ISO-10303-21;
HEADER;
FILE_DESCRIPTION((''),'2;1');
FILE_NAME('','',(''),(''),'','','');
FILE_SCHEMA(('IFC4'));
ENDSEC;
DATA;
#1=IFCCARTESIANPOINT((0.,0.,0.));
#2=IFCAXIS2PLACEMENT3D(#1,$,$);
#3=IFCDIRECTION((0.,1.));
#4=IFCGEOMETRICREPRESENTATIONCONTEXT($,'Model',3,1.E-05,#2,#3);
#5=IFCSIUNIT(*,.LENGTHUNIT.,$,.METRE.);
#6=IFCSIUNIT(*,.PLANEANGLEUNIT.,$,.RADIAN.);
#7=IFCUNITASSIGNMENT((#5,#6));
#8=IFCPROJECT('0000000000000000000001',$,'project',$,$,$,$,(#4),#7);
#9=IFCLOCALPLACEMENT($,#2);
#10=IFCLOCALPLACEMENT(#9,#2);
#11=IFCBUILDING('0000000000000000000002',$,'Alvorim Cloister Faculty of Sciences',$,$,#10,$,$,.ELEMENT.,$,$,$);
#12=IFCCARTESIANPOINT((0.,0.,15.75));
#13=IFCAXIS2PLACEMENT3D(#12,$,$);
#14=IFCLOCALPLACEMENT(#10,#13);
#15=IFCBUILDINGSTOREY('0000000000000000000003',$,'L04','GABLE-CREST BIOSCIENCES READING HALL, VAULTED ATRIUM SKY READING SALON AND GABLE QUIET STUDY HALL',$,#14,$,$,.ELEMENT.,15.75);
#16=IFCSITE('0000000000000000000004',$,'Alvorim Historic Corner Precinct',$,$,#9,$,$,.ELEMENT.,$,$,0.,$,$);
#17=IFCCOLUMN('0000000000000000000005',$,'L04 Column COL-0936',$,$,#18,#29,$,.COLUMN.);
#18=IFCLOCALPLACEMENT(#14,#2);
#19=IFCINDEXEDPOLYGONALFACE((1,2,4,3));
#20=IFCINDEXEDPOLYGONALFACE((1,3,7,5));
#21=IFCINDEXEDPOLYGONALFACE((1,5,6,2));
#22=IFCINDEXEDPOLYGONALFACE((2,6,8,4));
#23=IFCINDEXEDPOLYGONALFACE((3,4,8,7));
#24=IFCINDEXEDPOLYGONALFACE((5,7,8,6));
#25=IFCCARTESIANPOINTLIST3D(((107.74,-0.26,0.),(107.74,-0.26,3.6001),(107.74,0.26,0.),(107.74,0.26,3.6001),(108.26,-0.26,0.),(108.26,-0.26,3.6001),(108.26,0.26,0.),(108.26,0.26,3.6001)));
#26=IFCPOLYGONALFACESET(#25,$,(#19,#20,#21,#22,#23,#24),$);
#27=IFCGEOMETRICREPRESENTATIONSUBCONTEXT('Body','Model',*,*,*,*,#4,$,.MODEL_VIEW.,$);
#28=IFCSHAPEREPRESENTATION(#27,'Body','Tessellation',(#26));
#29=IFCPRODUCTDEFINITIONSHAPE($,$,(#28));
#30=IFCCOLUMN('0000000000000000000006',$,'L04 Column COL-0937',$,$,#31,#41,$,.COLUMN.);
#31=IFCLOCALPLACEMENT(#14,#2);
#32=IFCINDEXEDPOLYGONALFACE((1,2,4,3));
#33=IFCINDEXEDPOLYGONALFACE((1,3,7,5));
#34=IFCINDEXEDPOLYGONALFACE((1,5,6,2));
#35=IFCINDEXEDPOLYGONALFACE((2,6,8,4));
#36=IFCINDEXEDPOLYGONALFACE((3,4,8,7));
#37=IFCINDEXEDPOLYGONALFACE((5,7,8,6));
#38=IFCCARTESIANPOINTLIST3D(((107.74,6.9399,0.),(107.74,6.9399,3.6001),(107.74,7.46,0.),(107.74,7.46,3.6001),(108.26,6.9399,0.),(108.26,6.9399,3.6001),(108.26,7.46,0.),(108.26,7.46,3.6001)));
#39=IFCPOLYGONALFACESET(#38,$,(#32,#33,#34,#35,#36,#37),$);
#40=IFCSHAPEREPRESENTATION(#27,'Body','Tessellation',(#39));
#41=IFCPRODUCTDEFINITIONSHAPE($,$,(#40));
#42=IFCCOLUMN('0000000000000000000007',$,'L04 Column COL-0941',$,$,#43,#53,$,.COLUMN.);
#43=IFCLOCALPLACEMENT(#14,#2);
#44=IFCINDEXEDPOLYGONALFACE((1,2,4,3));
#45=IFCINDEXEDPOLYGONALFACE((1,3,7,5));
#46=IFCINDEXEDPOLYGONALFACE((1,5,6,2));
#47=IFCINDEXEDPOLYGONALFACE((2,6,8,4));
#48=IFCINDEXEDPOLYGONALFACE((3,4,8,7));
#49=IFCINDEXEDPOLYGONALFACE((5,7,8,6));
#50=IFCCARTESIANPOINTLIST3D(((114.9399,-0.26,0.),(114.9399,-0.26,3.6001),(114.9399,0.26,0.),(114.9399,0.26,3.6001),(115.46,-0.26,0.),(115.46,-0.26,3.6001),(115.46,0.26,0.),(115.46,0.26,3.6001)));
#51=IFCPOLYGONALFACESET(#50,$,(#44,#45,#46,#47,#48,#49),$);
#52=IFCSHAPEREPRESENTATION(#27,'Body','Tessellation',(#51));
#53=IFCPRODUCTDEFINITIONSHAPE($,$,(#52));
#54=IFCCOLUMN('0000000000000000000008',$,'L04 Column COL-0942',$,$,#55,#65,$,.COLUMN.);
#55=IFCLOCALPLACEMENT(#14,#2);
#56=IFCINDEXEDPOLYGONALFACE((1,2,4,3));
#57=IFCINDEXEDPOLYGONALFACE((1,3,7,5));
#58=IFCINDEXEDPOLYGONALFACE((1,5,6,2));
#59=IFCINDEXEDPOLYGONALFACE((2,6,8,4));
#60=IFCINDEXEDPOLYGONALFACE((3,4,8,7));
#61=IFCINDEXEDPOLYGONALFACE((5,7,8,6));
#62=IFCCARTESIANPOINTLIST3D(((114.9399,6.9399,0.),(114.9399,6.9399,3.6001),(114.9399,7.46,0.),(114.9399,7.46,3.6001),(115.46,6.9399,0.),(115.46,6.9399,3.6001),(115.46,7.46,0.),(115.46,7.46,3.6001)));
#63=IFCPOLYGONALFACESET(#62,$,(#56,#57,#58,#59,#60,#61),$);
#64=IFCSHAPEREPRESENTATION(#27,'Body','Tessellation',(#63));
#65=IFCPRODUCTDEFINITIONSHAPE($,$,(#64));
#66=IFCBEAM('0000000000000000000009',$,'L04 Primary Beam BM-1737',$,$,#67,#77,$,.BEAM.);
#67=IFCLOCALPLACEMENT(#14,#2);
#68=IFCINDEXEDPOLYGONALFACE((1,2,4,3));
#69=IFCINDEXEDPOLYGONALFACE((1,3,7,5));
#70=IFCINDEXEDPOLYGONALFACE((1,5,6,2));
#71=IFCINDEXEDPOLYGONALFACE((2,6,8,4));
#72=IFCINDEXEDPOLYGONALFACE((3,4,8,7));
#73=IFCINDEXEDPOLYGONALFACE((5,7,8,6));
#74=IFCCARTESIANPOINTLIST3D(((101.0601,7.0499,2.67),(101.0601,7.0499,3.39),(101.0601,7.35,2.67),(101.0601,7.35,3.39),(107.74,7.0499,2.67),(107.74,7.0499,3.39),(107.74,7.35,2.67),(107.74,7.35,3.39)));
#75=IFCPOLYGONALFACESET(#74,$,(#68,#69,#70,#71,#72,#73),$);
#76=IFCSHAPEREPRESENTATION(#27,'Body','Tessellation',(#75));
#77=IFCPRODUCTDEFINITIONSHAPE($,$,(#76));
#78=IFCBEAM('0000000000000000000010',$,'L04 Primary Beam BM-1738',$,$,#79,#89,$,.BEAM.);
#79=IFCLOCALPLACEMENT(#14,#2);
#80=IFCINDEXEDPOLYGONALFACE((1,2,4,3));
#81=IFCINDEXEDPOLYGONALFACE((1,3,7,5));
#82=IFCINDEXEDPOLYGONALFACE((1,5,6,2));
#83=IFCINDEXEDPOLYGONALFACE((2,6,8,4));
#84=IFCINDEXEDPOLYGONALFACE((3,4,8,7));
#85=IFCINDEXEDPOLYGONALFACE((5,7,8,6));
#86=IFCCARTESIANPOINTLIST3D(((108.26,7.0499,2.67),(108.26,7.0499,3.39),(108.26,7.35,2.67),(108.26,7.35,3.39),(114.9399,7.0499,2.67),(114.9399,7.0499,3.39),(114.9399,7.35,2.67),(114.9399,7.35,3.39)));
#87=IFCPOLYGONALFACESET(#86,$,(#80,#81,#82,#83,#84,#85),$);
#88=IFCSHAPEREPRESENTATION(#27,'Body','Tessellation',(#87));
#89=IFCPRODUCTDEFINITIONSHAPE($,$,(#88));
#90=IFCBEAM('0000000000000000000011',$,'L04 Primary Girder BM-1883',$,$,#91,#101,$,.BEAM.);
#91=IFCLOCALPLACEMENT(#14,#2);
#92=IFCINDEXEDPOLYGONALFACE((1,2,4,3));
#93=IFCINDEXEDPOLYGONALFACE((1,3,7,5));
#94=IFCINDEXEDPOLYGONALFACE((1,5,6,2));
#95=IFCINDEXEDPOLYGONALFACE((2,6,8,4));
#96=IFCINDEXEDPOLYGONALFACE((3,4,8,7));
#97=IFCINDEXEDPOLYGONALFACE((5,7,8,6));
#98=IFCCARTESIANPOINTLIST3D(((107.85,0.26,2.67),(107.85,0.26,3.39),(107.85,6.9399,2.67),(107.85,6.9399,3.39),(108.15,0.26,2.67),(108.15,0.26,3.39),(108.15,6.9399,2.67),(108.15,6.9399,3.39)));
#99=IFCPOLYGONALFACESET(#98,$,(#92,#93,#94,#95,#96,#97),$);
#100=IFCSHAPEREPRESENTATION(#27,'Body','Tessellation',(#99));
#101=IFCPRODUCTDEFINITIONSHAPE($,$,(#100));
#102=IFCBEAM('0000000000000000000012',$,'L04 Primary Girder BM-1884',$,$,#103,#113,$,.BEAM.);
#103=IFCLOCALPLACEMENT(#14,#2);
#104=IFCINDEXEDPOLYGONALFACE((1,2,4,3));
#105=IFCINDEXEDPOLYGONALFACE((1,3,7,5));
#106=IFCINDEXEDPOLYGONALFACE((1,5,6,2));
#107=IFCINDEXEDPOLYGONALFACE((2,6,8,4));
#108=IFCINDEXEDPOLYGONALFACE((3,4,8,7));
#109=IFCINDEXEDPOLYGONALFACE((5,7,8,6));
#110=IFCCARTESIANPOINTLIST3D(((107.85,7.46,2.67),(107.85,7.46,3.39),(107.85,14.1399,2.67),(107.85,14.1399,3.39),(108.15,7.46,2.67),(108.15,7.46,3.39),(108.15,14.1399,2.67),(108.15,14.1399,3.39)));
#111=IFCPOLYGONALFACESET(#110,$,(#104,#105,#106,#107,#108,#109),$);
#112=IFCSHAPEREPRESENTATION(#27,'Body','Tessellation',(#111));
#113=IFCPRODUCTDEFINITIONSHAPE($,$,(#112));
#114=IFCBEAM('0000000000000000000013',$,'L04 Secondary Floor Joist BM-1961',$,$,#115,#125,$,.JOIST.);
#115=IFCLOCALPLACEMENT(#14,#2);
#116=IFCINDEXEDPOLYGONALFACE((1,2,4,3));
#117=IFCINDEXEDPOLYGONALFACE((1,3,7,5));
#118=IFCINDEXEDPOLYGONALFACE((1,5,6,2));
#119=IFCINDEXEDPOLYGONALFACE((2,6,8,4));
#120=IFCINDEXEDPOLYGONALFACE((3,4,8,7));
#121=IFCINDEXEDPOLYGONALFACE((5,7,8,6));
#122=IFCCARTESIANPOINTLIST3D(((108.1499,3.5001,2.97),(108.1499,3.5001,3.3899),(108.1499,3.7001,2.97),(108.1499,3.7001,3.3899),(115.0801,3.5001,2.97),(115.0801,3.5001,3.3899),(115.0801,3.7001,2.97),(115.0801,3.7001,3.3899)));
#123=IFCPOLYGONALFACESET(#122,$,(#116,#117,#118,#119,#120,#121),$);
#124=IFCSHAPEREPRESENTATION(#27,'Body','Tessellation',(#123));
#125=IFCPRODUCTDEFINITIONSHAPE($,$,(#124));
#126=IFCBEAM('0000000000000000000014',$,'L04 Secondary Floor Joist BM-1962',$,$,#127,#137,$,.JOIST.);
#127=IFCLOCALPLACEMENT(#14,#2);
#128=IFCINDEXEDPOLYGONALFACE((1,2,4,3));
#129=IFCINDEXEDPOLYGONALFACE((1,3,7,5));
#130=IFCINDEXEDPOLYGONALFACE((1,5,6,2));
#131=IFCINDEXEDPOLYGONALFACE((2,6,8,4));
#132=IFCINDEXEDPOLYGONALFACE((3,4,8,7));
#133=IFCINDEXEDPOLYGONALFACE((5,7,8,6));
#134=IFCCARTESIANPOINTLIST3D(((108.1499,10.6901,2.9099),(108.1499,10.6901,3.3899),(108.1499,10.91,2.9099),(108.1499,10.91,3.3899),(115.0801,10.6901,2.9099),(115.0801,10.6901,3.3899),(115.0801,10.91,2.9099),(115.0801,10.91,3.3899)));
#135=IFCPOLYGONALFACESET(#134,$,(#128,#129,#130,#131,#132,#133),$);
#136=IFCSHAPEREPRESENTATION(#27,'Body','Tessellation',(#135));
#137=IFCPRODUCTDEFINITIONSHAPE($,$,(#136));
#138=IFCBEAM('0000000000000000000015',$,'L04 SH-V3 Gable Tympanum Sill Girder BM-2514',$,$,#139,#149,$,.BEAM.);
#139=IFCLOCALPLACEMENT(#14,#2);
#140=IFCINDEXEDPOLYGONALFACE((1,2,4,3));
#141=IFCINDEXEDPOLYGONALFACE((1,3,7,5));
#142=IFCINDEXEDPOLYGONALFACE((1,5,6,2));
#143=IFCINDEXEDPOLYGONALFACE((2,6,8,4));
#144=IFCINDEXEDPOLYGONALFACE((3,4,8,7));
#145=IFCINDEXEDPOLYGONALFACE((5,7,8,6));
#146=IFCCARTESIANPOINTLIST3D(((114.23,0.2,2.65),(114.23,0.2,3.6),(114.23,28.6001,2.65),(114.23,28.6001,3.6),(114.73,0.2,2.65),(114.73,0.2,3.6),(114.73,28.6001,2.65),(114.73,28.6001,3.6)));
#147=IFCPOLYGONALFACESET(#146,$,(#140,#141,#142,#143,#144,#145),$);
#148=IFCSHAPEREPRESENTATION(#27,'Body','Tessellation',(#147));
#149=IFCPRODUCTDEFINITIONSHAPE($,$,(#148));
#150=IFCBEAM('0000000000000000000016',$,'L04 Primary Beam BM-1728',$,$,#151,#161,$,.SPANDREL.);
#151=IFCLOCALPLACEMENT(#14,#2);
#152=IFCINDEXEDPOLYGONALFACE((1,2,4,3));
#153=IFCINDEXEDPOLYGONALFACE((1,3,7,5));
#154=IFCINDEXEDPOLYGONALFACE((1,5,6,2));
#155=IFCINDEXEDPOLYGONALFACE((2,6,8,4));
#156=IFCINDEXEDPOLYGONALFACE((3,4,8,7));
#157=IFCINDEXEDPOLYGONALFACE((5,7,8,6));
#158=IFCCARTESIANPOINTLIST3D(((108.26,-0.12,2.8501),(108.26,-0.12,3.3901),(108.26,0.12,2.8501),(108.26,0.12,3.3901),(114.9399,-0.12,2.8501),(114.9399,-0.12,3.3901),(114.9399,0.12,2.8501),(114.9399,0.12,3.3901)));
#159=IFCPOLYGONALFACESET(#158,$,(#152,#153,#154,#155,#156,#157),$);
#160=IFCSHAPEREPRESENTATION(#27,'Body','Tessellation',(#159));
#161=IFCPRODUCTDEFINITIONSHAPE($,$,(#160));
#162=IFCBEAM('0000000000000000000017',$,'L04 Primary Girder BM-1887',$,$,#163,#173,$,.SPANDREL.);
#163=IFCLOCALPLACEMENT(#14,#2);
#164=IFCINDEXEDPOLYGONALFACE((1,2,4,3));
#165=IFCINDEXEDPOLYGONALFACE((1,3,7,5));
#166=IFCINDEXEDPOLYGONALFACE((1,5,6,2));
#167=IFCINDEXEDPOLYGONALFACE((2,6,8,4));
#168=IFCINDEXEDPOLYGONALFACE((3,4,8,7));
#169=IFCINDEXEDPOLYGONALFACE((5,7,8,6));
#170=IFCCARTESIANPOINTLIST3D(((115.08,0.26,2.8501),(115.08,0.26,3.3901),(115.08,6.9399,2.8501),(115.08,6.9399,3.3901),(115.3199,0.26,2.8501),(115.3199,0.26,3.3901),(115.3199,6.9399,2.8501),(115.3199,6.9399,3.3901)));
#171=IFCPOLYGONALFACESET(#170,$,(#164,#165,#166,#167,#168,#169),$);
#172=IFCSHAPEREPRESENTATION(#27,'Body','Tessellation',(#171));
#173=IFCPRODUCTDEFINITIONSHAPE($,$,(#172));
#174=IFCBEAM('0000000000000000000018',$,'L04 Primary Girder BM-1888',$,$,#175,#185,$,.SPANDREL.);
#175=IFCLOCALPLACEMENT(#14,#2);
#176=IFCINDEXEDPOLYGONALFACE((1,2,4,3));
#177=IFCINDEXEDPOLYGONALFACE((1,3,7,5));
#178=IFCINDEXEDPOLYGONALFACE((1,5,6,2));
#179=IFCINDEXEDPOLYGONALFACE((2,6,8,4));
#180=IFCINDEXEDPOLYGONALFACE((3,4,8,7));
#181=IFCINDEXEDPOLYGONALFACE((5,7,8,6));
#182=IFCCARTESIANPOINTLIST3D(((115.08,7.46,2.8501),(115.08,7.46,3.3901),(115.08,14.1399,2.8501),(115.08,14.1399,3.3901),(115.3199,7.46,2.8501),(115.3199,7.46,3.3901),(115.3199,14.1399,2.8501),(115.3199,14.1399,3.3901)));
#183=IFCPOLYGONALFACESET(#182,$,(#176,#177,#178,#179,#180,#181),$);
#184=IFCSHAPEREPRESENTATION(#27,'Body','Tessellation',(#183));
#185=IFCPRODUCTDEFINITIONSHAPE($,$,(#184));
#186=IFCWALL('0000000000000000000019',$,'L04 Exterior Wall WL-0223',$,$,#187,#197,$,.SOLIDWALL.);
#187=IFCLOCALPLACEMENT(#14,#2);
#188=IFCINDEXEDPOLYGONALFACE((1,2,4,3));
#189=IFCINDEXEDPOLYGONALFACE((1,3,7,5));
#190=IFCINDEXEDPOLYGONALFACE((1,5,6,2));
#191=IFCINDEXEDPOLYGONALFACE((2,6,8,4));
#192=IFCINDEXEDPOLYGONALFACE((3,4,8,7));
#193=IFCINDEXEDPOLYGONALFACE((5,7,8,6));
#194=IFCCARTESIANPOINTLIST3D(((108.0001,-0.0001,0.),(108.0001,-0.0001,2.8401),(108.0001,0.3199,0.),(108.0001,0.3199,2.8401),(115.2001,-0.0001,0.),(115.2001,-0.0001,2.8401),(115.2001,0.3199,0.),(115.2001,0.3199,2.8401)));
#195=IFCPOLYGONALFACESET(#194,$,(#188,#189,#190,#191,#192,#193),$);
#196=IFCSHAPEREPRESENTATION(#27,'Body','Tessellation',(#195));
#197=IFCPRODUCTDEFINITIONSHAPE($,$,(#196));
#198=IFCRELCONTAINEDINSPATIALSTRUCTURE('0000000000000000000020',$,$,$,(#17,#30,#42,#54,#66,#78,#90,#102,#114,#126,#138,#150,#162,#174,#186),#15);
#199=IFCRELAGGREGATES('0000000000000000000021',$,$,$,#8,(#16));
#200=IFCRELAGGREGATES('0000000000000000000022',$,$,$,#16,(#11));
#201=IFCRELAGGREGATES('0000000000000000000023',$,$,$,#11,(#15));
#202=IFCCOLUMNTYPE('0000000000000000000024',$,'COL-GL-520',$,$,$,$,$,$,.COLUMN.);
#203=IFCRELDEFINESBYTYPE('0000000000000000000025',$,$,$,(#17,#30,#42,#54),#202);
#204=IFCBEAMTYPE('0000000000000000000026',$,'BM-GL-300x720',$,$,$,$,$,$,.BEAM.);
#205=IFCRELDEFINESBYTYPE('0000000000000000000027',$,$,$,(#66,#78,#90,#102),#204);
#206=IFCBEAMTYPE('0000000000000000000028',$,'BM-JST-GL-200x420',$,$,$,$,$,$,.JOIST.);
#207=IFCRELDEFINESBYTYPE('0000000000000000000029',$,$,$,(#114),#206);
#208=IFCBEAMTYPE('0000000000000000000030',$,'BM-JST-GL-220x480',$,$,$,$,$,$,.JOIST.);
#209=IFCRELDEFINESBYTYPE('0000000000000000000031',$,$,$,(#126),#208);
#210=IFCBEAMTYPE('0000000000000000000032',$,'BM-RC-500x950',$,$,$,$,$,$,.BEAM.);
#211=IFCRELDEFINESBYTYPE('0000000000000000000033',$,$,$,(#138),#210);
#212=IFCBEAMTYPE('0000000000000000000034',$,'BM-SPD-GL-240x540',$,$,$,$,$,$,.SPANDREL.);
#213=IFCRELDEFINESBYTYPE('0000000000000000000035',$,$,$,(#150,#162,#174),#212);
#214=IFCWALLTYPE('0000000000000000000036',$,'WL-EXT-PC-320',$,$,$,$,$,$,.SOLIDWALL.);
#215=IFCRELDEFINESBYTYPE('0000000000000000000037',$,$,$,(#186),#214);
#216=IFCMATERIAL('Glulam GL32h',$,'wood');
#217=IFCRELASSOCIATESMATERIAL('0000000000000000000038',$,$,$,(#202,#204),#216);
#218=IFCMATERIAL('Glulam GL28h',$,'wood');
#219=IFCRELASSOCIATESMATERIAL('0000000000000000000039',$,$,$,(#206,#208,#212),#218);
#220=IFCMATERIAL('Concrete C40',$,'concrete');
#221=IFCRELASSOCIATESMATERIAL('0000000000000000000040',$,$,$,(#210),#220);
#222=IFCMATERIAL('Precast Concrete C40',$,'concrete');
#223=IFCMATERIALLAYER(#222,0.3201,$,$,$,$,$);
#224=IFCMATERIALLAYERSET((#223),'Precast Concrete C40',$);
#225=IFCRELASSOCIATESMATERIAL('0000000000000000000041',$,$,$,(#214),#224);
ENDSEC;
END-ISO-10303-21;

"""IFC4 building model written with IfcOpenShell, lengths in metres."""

from ifc_helpers import new_model, si_unit, direction, frame, frame_2d, origin, origin_2d, place, context, subcontext, project, spatial, rectangle, extrude, material, layer, layer_set, material_profile, profile_set, type_object, element, save


model = new_model("IFC4")

# Units and contexts
model_context = context("Model", 3, precision=1e-05, world=origin(), true_north=direction((0.0, 1.0)))
body_context = subcontext(model_context, "Body", "Model", "MODEL_VIEW")
ifc_project = project(units=[si_unit("LENGTHUNIT", "METRE"), si_unit("PLANEANGLEUNIT", "RADIAN")], contexts=[model_context])

# Site, building, storey
site_placement = place(None, origin())
site = spatial("IfcSite", under=ifc_project, at=site_placement, Name="Alvorim Historic Corner Precinct", CompositionType="ELEMENT", RefElevation=0.0)
building_placement = place(site_placement, origin())
building = spatial("IfcBuilding", under=site, at=building_placement, Name="Alvorim Cloister Faculty of Sciences", CompositionType="ELEMENT")
storey_placement = place(building_placement, frame((0.0, 0.0, 15.75)))
storey = spatial("IfcBuildingStorey", under=building, at=storey_placement, Name="L04", Description="GABLE-CREST BIOSCIENCES READING HALL, VAULTED ATRIUM SKY READING SALON AND GABLE QUIET STUDY HALL", CompositionType="ELEMENT", Elevation=15.75)

# Columns
ifc_material_1 = material(Name="Glulam GL32h", Category="wood")
ifc_material_profile_1 = material_profile(ifc_material_1, rectangle(XDim=0.52, YDim=0.52, at=origin_2d()), Name="GL32-COL-520x520")
ifc_profile_set_1 = profile_set([ifc_material_profile_1], Name="Glulam GL32h")
column_type = type_object("IfcColumnType", Name="COL-GL-520", PredefinedType="COLUMN", material=ifc_profile_set_1)
for number, where, z_axis, x_axis, name in (
    (1, (108.0, 0.0, 0.0), (0.0, 0.0, 1.0), (1.0, 0.0, 0.0), "L04 Column COL-0936"),
    (2, (108.0, 7.2, 0.0), (0.0, 0.0, 1.0), (1.0, 0.0, 0.0), "L04 Column COL-0937"),
    (3, (115.2, 0.0, 0.0), (0.0, 0.0, 1.0), (1.0, 0.0, 0.0), "L04 Column COL-0941"),
    (4, (115.2, 7.2, 0.0), (0.0, 0.0, 1.0), (1.0, 0.0, 0.0), "L04 Column COL-0942"),
):
    element("IfcColumn", number, at=place(storey_placement, frame(where, z_axis=z_axis, x_axis=x_axis)), inside=storey, type_object=column_type, Name=name, PredefinedType="COLUMN", context=body_context, shape_type="SweptSolid", body=[
        extrude(rectangle(XDim=0.52, YDim=0.52, at=origin_2d()), origin(), (0.0, 0.0, 1.0), 3.6001),
    ])

# Beams
ifc_material_profile_2 = material_profile(ifc_material_1, rectangle(XDim=0.3, YDim=0.72, at=origin_2d()), Name="GL32-BM-300x720")
ifc_profile_set_2 = profile_set([ifc_material_profile_2], Name="Glulam GL32h")
beam_type_1 = type_object("IfcBeamType", Name="BM-GL-300x720", PredefinedType="BEAM", material=ifc_profile_set_2)
for number, where, z_axis, x_axis, name in (
    (5, (101.0601, 7.2, 3.03), (1.0, 0.0, 0.0), (0.0, 1.0, 0.0), "L04 Primary Beam BM-1737"),
    (6, (108.26, 7.2, 3.03), (1.0, 0.0, 0.0), (0.0, 1.0, 0.0), "L04 Primary Beam BM-1738"),
    (7, (108.0, 0.26, 3.03), (0.0, 1.0, 0.0), (-1.0, 0.0, 0.0), "L04 Primary Girder BM-1883"),
    (8, (108.0, 7.46, 3.03), (0.0, 1.0, 0.0), (-1.0, 0.0, 0.0), "L04 Primary Girder BM-1884"),
):
    element("IfcBeam", number, at=place(storey_placement, frame(where, z_axis=z_axis, x_axis=x_axis)), inside=storey, type_object=beam_type_1, Name=name, PredefinedType="BEAM", context=body_context, shape_type="SweptSolid", body=[
        extrude(rectangle(XDim=0.3, YDim=0.72, at=origin_2d()), origin(), (0.0, 0.0, 1.0), 6.6799),
    ])
ifc_material_2 = material(Name="Glulam GL28h", Category="wood")
ifc_material_profile_3 = material_profile(ifc_material_2, rectangle(XDim=0.2, YDim=0.4199, at=origin_2d()), Name="GL28-JST-200x420")
ifc_profile_set_3 = profile_set([ifc_material_profile_3], Name="Glulam GL28h")
beam_type_2 = type_object("IfcBeamType", Name="BM-JST-GL-200x420", PredefinedType="JOIST", material=ifc_profile_set_3)
beam_1_placement = place(storey_placement, frame((108.1499, 3.6001, 3.1799), z_axis=(1.0, 0.0, 0.0), x_axis=(0.0, 1.0, 0.0)))
element("IfcBeam", 9, at=beam_1_placement, inside=storey, type_object=beam_type_2, Name="L04 Secondary Floor Joist BM-1961", PredefinedType="JOIST", context=body_context, shape_type="SweptSolid", body=[
    extrude(rectangle(XDim=0.2, YDim=0.4199, at=origin_2d()), origin(), (0.0, 0.0, 1.0), 6.9302),
])
ifc_material_profile_4 = material_profile(ifc_material_2, rectangle(XDim=0.22, YDim=0.48, at=origin_2d()), Name="GL28-JST-220x480")
ifc_profile_set_4 = profile_set([ifc_material_profile_4], Name="Glulam GL28h")
beam_type_3 = type_object("IfcBeamType", Name="BM-JST-GL-220x480", PredefinedType="JOIST", material=ifc_profile_set_4)
beam_2_placement = place(storey_placement, frame((108.1499, 10.8, 3.1499), z_axis=(1.0, 0.0, 0.0), x_axis=(0.0, 1.0, 0.0)))
element("IfcBeam", 10, at=beam_2_placement, inside=storey, type_object=beam_type_3, Name="L04 Secondary Floor Joist BM-1962", PredefinedType="JOIST", context=body_context, shape_type="SweptSolid", body=[
    extrude(rectangle(XDim=0.22, YDim=0.48, at=origin_2d()), origin(), (0.0, 0.0, 1.0), 6.9302),
])
ifc_material_3 = material(Name="Concrete C40", Category="concrete")
ifc_material_profile_5 = material_profile(ifc_material_3, rectangle(XDim=0.5, YDim=0.95, at=origin_2d()), Name="RC40-BM-500x950")
ifc_profile_set_5 = profile_set([ifc_material_profile_5], Name="Concrete C40")
beam_type_4 = type_object("IfcBeamType", Name="BM-RC-500x950", PredefinedType="BEAM", material=ifc_profile_set_5)
beam_3_placement = place(storey_placement, frame((114.48, 0.2, 3.125), z_axis=(0.0, 1.0, 0.0), x_axis=(-1.0, 0.0, 0.0)))
element("IfcBeam", 11, at=beam_3_placement, inside=storey, type_object=beam_type_4, Name="L04 SH-V3 Gable Tympanum Sill Girder BM-2514", PredefinedType="BEAM", context=body_context, shape_type="SweptSolid", body=[
    extrude(rectangle(XDim=0.5, YDim=0.95, at=origin_2d()), origin(), (0.0, 0.0, 1.0), 28.4001),
])
ifc_material_profile_6 = material_profile(ifc_material_2, rectangle(XDim=0.24, YDim=0.54, at=origin_2d()), Name="GL28-SPD-240x540")
ifc_profile_set_6 = profile_set([ifc_material_profile_6], Name="Glulam GL28h")
beam_type_5 = type_object("IfcBeamType", Name="BM-SPD-GL-240x540", PredefinedType="SPANDREL", material=ifc_profile_set_6)
for number, where, z_axis, x_axis, name in (
    (12, (108.26, 0.0, 3.1201), (1.0, 0.0, 0.0), (0.0, 1.0, 0.0), "L04 Primary Beam BM-1728"),
    (13, (115.2, 0.26, 3.1201), (0.0, 1.0, 0.0), (-1.0, 0.0, 0.0), "L04 Primary Girder BM-1887"),
    (14, (115.2, 7.46, 3.1201), (0.0, 1.0, 0.0), (-1.0, 0.0, 0.0), "L04 Primary Girder BM-1888"),
):
    element("IfcBeam", number, at=place(storey_placement, frame(where, z_axis=z_axis, x_axis=x_axis)), inside=storey, type_object=beam_type_5, Name=name, PredefinedType="SPANDREL", context=body_context, shape_type="SweptSolid", body=[
        extrude(rectangle(XDim=0.24, YDim=0.54, at=origin_2d()), origin(), (0.0, 0.0, 1.0), 6.6799),
    ])

# Wall
ifc_material_4 = material(Name="Precast Concrete C40", Category="concrete")
ifc_layer_1 = layer(ifc_material_4, 0.3201)
ifc_layer_set_1 = layer_set([ifc_layer_1], Name="Precast Concrete C40")
wall_type_1 = type_object("IfcWallType", Name="WL-EXT-PC-320", PredefinedType="SOLIDWALL", material=ifc_layer_set_1)
wall_1_placement = place(storey_placement, frame((108.0, 0.1599, 0.0), z_axis=(0.0, 0.0, 1.0), x_axis=(1.0, 0.0, 0.0)))
element("IfcWall", 15, at=wall_1_placement, inside=storey, type_object=wall_type_1, Name="L04 Exterior Wall WL-0223", PredefinedType="SOLIDWALL", context=body_context, shape_type="SweptSolid", body=[
    extrude(rectangle(XDim=7.2, YDim=0.3201, at=frame_2d((3.6001, 0.0))), origin(), (0.0, 0.0, 1.0), 2.8401),
])

save(model, "model.ifc")
